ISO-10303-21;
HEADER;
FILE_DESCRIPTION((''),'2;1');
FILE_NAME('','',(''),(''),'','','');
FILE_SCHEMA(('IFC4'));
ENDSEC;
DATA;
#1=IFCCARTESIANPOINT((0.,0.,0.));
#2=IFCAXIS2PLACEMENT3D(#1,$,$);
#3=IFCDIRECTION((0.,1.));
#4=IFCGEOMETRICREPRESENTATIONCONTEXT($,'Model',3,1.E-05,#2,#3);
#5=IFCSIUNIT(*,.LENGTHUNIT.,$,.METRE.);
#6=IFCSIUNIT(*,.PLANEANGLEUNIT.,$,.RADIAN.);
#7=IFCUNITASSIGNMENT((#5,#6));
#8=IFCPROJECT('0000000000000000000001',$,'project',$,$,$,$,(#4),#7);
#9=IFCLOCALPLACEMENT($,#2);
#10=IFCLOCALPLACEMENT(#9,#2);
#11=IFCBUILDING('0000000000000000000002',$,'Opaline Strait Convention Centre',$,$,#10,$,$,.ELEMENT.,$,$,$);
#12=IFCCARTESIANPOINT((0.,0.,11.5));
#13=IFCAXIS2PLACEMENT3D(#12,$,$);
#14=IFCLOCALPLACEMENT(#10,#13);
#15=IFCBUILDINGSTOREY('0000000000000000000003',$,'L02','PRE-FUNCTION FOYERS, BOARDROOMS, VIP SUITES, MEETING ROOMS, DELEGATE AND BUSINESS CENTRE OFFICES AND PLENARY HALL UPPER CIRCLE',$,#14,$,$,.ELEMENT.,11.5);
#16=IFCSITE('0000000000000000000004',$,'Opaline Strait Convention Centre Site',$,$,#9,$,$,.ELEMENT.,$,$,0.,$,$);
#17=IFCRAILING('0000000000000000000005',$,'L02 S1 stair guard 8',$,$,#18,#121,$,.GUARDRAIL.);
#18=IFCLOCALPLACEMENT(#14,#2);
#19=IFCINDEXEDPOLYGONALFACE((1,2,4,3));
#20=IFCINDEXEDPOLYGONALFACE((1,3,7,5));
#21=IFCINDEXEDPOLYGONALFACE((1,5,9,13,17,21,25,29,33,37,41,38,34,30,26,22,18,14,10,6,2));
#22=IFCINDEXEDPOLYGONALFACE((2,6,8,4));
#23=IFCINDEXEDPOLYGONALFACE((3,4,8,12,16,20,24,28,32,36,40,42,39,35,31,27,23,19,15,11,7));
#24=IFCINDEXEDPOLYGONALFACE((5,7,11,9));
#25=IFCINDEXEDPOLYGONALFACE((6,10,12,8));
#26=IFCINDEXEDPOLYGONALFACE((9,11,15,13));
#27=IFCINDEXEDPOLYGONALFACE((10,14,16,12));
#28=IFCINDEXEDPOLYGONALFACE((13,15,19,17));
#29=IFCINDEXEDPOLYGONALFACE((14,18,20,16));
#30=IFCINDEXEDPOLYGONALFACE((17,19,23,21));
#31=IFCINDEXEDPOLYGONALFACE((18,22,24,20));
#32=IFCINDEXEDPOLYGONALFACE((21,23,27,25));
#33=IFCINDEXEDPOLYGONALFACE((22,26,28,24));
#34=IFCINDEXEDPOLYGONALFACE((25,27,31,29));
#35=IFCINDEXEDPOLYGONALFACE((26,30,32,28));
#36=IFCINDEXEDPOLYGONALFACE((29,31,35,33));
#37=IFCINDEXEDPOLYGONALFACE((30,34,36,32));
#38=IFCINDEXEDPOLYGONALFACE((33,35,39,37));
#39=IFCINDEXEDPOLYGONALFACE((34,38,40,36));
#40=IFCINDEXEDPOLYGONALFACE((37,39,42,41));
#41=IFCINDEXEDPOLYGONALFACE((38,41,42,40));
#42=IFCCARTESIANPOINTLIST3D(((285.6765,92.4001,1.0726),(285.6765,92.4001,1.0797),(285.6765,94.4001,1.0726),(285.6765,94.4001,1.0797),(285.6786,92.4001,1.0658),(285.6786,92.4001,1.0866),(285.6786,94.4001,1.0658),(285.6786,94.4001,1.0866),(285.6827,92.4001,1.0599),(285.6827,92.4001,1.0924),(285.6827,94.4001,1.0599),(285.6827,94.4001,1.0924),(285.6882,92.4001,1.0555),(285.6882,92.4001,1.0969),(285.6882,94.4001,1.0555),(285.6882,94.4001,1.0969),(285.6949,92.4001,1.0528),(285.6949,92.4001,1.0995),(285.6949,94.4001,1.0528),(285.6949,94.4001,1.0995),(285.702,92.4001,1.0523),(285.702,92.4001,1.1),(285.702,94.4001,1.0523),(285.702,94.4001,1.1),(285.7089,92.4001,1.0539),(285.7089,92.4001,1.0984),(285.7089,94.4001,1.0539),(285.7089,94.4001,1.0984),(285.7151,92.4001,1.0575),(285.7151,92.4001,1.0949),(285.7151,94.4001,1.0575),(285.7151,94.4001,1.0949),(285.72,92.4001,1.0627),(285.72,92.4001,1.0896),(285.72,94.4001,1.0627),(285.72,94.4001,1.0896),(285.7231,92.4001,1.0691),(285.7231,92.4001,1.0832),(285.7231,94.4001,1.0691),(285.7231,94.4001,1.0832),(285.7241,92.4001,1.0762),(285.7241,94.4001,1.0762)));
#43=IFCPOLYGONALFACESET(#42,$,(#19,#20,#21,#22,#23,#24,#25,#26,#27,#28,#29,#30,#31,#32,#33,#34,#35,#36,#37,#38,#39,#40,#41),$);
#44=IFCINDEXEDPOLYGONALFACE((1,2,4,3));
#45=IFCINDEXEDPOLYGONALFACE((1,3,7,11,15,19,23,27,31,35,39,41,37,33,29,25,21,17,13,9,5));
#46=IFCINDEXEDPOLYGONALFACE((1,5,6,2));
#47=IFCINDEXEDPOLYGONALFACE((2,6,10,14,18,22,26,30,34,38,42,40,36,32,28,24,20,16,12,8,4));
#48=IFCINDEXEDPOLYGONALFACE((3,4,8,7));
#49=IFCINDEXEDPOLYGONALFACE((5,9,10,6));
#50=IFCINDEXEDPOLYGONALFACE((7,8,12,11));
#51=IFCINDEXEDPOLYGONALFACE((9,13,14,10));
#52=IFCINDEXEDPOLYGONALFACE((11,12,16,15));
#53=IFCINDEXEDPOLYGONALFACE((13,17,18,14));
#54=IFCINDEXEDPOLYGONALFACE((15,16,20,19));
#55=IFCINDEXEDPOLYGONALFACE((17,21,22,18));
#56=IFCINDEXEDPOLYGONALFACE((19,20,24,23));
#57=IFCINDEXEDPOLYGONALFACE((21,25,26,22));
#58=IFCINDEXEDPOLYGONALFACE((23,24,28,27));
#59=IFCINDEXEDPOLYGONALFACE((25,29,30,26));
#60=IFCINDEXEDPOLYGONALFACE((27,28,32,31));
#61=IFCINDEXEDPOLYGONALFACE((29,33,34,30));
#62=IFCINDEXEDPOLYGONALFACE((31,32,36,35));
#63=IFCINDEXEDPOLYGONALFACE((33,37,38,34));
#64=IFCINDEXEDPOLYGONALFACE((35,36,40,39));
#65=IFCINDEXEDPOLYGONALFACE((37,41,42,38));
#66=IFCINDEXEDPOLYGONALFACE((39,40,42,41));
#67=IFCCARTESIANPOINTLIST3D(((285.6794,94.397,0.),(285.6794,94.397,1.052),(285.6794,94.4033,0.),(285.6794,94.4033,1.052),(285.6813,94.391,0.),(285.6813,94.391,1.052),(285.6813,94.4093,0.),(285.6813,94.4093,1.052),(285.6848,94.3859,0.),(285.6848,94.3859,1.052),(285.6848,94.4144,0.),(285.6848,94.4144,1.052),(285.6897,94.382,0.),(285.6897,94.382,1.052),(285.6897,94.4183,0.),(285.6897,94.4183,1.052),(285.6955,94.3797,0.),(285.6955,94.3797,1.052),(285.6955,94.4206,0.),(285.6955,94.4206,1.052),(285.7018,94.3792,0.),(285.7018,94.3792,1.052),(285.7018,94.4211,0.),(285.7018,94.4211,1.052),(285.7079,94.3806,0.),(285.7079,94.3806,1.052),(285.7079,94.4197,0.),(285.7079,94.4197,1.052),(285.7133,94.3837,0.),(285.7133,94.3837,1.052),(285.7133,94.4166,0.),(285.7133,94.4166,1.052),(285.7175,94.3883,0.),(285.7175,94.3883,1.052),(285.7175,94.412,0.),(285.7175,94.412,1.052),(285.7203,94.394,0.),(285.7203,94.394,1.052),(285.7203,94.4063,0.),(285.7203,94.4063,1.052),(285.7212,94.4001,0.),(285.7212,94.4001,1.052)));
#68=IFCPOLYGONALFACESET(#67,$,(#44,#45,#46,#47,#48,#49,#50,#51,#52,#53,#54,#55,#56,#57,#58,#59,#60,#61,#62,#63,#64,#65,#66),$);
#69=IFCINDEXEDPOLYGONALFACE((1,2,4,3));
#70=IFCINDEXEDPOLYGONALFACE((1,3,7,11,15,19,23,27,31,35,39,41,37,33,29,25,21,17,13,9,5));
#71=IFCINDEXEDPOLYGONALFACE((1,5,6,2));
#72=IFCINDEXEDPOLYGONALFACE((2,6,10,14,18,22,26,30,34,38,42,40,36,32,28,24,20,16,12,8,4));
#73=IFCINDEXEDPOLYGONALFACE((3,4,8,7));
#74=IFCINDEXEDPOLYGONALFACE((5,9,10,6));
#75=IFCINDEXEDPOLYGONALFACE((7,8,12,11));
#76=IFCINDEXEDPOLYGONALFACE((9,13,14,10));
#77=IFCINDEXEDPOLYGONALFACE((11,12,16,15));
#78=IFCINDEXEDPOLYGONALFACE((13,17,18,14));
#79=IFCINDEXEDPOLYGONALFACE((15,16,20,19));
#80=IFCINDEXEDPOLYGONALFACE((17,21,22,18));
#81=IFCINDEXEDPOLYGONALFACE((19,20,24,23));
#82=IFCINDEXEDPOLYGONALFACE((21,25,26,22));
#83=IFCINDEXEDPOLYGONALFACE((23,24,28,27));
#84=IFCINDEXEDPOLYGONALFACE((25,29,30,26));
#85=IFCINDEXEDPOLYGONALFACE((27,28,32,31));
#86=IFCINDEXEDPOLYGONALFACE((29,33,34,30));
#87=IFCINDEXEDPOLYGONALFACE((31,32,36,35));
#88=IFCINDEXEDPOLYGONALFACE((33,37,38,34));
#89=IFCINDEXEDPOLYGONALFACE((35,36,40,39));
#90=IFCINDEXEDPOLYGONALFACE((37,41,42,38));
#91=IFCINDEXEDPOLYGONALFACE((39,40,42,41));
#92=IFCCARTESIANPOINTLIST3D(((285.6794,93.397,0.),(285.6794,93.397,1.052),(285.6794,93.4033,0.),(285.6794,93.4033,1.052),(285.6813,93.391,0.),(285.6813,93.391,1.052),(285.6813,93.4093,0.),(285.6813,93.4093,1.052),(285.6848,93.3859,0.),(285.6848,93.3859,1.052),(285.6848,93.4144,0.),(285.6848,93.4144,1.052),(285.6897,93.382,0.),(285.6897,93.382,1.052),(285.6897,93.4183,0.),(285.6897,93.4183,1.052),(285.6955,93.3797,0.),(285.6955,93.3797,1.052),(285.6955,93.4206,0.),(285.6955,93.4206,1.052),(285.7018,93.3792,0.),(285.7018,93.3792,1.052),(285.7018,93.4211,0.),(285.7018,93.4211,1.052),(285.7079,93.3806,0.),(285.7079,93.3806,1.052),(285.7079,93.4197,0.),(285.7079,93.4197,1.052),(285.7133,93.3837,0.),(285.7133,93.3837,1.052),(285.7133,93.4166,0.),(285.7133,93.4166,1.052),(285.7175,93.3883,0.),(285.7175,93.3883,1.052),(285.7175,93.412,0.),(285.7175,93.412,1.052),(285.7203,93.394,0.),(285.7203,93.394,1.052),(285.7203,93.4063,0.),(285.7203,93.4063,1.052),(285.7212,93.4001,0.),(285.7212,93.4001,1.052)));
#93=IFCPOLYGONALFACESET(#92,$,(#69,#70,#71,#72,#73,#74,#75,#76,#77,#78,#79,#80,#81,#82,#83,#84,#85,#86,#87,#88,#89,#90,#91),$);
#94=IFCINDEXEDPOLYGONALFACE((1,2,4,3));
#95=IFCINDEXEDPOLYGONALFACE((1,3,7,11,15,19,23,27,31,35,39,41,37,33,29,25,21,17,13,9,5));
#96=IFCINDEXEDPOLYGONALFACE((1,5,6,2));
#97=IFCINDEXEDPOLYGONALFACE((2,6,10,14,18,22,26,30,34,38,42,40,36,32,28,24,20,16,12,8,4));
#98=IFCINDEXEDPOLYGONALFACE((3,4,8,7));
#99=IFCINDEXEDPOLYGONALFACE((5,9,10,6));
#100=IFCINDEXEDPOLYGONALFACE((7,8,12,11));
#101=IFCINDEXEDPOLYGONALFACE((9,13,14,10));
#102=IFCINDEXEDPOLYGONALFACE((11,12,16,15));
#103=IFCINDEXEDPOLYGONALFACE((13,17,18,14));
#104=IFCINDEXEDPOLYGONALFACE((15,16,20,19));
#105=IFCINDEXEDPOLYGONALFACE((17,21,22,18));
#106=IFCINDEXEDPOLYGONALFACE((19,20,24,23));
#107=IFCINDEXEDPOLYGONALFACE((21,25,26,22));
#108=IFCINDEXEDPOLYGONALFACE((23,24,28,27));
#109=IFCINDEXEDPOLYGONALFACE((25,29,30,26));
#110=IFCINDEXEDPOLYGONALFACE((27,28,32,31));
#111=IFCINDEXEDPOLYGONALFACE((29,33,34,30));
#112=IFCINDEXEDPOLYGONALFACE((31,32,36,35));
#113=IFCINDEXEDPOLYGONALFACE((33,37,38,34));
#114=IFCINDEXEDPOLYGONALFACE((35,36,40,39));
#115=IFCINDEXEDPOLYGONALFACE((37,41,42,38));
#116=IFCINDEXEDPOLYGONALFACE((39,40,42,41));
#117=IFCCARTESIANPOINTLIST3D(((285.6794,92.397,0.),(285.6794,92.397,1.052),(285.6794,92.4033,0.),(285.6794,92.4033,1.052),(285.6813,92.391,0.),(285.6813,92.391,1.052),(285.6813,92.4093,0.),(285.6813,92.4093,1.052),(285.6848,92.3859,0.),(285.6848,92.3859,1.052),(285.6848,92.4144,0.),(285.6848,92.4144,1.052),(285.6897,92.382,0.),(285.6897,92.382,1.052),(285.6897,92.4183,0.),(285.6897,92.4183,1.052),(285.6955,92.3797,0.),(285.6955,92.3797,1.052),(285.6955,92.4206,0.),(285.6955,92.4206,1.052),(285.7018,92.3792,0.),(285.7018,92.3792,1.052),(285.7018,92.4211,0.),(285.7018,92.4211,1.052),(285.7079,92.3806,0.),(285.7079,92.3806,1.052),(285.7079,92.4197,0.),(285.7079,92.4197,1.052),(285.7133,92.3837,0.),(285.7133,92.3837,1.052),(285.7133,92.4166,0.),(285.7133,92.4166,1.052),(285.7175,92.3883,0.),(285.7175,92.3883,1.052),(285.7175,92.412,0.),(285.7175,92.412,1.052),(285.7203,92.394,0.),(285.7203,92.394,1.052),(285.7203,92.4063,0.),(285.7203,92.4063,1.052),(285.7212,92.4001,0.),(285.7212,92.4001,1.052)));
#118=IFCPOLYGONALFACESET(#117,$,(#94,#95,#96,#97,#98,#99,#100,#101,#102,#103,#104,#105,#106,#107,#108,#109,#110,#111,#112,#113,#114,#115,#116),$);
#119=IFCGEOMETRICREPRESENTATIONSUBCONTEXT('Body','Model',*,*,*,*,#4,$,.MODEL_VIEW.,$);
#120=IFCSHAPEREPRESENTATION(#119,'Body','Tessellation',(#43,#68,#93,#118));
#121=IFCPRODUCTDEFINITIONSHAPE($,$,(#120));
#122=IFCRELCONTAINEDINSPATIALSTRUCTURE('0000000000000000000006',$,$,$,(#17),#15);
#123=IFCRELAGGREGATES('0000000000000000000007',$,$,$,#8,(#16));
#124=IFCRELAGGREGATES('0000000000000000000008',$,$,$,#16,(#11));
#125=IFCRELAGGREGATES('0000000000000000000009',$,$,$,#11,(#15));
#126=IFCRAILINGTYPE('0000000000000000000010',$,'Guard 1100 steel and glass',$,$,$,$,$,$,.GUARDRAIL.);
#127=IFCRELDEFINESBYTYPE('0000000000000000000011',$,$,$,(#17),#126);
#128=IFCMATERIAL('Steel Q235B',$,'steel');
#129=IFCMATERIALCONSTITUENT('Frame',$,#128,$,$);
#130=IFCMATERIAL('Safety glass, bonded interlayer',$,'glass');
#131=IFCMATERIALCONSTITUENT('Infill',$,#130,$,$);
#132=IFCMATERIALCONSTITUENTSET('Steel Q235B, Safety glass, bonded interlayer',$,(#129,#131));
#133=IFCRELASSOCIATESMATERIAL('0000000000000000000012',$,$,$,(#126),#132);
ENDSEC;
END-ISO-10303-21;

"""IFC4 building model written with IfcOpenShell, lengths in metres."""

from ifc_helpers import new_model, si_unit, direction, frame, origin, origin_2d, place, context, subcontext, project, spatial, circle, extrude, material, constituent, constituent_set, type_object, element, save


model = new_model("IFC4")

# Units and contexts
model_context = context("Model", 3, precision=1e-05, world=origin(), true_north=direction((0.0, 1.0)))
body_context = subcontext(model_context, "Body", "Model", "MODEL_VIEW")
ifc_project = project(units=[si_unit("LENGTHUNIT", "METRE"), si_unit("PLANEANGLEUNIT", "RADIAN")], contexts=[model_context])

# Site, building, storey
site_placement = place(None, origin())
site = spatial("IfcSite", under=ifc_project, at=site_placement, Name="Opaline Strait Convention Centre Site", CompositionType="ELEMENT", RefElevation=0.0)
building_placement = place(site_placement, origin())
building = spatial("IfcBuilding", under=site, at=building_placement, Name="Opaline Strait Convention Centre", CompositionType="ELEMENT")
storey_placement = place(building_placement, frame((0.0, 0.0, 11.5)))
storey = spatial("IfcBuildingStorey", under=building, at=storey_placement, Name="L02", Description="PRE-FUNCTION FOYERS, BOARDROOMS, VIP SUITES, MEETING ROOMS, DELEGATE AND BUSINESS CENTRE OFFICES AND PLENARY HALL UPPER CIRCLE", CompositionType="ELEMENT", Elevation=11.5)

# Shared definitions
ifc_material_1 = material(Name="Steel Q235B", Category="steel")

# Railing
ifc_constituent_1 = constituent(ifc_material_1, Name="Frame")
ifc_material_2 = material(Name="Safety glass, bonded interlayer", Category="glass")
ifc_constituent_2 = constituent(ifc_material_2, Name="Infill")
ifc_constituent_set = constituent_set(constituents=[ifc_constituent_1, ifc_constituent_2], Name="Steel Q235B, Safety glass, bonded interlayer")
railing_type_1 = type_object("IfcRailingType", Name="Guard 1100 steel and glass", PredefinedType="GUARDRAIL", material=ifc_constituent_set)
for number, where, name in (
    (1, (285.7002, 94.4001, 0.0), "L02 S1 stair guard 8"),
):
    element("IfcRailing", number, at=place(storey_placement, frame(where)), inside=storey, type_object=railing_type_1, Name=name, PredefinedType="GUARDRAIL", context=body_context, shape_type="SweptSolid", body=[
        extrude(circle(Radius=0.0239, at=origin_2d()), frame((0.0, 0.0, 1.0762), z_axis=(0.0, -1.0, 0.0), x_axis=(1.0, 0.0, 0.0)), (0.0, 0.0, 1.0), 2.0),
        extrude(circle(Radius=0.021, at=origin_2d()), origin(), (0.0, 0.0, 1.0), 1.052),
        extrude(circle(Radius=0.021, at=origin_2d()), frame((0.0, -1.0, 0.0)), (0.0, 0.0, 1.0), 1.052),
        extrude(circle(Radius=0.021, at=origin_2d()), frame((0.0, -2.0, 0.0)), (0.0, 0.0, 1.0), 1.052),
    ])

save(model, "model.ifc")
